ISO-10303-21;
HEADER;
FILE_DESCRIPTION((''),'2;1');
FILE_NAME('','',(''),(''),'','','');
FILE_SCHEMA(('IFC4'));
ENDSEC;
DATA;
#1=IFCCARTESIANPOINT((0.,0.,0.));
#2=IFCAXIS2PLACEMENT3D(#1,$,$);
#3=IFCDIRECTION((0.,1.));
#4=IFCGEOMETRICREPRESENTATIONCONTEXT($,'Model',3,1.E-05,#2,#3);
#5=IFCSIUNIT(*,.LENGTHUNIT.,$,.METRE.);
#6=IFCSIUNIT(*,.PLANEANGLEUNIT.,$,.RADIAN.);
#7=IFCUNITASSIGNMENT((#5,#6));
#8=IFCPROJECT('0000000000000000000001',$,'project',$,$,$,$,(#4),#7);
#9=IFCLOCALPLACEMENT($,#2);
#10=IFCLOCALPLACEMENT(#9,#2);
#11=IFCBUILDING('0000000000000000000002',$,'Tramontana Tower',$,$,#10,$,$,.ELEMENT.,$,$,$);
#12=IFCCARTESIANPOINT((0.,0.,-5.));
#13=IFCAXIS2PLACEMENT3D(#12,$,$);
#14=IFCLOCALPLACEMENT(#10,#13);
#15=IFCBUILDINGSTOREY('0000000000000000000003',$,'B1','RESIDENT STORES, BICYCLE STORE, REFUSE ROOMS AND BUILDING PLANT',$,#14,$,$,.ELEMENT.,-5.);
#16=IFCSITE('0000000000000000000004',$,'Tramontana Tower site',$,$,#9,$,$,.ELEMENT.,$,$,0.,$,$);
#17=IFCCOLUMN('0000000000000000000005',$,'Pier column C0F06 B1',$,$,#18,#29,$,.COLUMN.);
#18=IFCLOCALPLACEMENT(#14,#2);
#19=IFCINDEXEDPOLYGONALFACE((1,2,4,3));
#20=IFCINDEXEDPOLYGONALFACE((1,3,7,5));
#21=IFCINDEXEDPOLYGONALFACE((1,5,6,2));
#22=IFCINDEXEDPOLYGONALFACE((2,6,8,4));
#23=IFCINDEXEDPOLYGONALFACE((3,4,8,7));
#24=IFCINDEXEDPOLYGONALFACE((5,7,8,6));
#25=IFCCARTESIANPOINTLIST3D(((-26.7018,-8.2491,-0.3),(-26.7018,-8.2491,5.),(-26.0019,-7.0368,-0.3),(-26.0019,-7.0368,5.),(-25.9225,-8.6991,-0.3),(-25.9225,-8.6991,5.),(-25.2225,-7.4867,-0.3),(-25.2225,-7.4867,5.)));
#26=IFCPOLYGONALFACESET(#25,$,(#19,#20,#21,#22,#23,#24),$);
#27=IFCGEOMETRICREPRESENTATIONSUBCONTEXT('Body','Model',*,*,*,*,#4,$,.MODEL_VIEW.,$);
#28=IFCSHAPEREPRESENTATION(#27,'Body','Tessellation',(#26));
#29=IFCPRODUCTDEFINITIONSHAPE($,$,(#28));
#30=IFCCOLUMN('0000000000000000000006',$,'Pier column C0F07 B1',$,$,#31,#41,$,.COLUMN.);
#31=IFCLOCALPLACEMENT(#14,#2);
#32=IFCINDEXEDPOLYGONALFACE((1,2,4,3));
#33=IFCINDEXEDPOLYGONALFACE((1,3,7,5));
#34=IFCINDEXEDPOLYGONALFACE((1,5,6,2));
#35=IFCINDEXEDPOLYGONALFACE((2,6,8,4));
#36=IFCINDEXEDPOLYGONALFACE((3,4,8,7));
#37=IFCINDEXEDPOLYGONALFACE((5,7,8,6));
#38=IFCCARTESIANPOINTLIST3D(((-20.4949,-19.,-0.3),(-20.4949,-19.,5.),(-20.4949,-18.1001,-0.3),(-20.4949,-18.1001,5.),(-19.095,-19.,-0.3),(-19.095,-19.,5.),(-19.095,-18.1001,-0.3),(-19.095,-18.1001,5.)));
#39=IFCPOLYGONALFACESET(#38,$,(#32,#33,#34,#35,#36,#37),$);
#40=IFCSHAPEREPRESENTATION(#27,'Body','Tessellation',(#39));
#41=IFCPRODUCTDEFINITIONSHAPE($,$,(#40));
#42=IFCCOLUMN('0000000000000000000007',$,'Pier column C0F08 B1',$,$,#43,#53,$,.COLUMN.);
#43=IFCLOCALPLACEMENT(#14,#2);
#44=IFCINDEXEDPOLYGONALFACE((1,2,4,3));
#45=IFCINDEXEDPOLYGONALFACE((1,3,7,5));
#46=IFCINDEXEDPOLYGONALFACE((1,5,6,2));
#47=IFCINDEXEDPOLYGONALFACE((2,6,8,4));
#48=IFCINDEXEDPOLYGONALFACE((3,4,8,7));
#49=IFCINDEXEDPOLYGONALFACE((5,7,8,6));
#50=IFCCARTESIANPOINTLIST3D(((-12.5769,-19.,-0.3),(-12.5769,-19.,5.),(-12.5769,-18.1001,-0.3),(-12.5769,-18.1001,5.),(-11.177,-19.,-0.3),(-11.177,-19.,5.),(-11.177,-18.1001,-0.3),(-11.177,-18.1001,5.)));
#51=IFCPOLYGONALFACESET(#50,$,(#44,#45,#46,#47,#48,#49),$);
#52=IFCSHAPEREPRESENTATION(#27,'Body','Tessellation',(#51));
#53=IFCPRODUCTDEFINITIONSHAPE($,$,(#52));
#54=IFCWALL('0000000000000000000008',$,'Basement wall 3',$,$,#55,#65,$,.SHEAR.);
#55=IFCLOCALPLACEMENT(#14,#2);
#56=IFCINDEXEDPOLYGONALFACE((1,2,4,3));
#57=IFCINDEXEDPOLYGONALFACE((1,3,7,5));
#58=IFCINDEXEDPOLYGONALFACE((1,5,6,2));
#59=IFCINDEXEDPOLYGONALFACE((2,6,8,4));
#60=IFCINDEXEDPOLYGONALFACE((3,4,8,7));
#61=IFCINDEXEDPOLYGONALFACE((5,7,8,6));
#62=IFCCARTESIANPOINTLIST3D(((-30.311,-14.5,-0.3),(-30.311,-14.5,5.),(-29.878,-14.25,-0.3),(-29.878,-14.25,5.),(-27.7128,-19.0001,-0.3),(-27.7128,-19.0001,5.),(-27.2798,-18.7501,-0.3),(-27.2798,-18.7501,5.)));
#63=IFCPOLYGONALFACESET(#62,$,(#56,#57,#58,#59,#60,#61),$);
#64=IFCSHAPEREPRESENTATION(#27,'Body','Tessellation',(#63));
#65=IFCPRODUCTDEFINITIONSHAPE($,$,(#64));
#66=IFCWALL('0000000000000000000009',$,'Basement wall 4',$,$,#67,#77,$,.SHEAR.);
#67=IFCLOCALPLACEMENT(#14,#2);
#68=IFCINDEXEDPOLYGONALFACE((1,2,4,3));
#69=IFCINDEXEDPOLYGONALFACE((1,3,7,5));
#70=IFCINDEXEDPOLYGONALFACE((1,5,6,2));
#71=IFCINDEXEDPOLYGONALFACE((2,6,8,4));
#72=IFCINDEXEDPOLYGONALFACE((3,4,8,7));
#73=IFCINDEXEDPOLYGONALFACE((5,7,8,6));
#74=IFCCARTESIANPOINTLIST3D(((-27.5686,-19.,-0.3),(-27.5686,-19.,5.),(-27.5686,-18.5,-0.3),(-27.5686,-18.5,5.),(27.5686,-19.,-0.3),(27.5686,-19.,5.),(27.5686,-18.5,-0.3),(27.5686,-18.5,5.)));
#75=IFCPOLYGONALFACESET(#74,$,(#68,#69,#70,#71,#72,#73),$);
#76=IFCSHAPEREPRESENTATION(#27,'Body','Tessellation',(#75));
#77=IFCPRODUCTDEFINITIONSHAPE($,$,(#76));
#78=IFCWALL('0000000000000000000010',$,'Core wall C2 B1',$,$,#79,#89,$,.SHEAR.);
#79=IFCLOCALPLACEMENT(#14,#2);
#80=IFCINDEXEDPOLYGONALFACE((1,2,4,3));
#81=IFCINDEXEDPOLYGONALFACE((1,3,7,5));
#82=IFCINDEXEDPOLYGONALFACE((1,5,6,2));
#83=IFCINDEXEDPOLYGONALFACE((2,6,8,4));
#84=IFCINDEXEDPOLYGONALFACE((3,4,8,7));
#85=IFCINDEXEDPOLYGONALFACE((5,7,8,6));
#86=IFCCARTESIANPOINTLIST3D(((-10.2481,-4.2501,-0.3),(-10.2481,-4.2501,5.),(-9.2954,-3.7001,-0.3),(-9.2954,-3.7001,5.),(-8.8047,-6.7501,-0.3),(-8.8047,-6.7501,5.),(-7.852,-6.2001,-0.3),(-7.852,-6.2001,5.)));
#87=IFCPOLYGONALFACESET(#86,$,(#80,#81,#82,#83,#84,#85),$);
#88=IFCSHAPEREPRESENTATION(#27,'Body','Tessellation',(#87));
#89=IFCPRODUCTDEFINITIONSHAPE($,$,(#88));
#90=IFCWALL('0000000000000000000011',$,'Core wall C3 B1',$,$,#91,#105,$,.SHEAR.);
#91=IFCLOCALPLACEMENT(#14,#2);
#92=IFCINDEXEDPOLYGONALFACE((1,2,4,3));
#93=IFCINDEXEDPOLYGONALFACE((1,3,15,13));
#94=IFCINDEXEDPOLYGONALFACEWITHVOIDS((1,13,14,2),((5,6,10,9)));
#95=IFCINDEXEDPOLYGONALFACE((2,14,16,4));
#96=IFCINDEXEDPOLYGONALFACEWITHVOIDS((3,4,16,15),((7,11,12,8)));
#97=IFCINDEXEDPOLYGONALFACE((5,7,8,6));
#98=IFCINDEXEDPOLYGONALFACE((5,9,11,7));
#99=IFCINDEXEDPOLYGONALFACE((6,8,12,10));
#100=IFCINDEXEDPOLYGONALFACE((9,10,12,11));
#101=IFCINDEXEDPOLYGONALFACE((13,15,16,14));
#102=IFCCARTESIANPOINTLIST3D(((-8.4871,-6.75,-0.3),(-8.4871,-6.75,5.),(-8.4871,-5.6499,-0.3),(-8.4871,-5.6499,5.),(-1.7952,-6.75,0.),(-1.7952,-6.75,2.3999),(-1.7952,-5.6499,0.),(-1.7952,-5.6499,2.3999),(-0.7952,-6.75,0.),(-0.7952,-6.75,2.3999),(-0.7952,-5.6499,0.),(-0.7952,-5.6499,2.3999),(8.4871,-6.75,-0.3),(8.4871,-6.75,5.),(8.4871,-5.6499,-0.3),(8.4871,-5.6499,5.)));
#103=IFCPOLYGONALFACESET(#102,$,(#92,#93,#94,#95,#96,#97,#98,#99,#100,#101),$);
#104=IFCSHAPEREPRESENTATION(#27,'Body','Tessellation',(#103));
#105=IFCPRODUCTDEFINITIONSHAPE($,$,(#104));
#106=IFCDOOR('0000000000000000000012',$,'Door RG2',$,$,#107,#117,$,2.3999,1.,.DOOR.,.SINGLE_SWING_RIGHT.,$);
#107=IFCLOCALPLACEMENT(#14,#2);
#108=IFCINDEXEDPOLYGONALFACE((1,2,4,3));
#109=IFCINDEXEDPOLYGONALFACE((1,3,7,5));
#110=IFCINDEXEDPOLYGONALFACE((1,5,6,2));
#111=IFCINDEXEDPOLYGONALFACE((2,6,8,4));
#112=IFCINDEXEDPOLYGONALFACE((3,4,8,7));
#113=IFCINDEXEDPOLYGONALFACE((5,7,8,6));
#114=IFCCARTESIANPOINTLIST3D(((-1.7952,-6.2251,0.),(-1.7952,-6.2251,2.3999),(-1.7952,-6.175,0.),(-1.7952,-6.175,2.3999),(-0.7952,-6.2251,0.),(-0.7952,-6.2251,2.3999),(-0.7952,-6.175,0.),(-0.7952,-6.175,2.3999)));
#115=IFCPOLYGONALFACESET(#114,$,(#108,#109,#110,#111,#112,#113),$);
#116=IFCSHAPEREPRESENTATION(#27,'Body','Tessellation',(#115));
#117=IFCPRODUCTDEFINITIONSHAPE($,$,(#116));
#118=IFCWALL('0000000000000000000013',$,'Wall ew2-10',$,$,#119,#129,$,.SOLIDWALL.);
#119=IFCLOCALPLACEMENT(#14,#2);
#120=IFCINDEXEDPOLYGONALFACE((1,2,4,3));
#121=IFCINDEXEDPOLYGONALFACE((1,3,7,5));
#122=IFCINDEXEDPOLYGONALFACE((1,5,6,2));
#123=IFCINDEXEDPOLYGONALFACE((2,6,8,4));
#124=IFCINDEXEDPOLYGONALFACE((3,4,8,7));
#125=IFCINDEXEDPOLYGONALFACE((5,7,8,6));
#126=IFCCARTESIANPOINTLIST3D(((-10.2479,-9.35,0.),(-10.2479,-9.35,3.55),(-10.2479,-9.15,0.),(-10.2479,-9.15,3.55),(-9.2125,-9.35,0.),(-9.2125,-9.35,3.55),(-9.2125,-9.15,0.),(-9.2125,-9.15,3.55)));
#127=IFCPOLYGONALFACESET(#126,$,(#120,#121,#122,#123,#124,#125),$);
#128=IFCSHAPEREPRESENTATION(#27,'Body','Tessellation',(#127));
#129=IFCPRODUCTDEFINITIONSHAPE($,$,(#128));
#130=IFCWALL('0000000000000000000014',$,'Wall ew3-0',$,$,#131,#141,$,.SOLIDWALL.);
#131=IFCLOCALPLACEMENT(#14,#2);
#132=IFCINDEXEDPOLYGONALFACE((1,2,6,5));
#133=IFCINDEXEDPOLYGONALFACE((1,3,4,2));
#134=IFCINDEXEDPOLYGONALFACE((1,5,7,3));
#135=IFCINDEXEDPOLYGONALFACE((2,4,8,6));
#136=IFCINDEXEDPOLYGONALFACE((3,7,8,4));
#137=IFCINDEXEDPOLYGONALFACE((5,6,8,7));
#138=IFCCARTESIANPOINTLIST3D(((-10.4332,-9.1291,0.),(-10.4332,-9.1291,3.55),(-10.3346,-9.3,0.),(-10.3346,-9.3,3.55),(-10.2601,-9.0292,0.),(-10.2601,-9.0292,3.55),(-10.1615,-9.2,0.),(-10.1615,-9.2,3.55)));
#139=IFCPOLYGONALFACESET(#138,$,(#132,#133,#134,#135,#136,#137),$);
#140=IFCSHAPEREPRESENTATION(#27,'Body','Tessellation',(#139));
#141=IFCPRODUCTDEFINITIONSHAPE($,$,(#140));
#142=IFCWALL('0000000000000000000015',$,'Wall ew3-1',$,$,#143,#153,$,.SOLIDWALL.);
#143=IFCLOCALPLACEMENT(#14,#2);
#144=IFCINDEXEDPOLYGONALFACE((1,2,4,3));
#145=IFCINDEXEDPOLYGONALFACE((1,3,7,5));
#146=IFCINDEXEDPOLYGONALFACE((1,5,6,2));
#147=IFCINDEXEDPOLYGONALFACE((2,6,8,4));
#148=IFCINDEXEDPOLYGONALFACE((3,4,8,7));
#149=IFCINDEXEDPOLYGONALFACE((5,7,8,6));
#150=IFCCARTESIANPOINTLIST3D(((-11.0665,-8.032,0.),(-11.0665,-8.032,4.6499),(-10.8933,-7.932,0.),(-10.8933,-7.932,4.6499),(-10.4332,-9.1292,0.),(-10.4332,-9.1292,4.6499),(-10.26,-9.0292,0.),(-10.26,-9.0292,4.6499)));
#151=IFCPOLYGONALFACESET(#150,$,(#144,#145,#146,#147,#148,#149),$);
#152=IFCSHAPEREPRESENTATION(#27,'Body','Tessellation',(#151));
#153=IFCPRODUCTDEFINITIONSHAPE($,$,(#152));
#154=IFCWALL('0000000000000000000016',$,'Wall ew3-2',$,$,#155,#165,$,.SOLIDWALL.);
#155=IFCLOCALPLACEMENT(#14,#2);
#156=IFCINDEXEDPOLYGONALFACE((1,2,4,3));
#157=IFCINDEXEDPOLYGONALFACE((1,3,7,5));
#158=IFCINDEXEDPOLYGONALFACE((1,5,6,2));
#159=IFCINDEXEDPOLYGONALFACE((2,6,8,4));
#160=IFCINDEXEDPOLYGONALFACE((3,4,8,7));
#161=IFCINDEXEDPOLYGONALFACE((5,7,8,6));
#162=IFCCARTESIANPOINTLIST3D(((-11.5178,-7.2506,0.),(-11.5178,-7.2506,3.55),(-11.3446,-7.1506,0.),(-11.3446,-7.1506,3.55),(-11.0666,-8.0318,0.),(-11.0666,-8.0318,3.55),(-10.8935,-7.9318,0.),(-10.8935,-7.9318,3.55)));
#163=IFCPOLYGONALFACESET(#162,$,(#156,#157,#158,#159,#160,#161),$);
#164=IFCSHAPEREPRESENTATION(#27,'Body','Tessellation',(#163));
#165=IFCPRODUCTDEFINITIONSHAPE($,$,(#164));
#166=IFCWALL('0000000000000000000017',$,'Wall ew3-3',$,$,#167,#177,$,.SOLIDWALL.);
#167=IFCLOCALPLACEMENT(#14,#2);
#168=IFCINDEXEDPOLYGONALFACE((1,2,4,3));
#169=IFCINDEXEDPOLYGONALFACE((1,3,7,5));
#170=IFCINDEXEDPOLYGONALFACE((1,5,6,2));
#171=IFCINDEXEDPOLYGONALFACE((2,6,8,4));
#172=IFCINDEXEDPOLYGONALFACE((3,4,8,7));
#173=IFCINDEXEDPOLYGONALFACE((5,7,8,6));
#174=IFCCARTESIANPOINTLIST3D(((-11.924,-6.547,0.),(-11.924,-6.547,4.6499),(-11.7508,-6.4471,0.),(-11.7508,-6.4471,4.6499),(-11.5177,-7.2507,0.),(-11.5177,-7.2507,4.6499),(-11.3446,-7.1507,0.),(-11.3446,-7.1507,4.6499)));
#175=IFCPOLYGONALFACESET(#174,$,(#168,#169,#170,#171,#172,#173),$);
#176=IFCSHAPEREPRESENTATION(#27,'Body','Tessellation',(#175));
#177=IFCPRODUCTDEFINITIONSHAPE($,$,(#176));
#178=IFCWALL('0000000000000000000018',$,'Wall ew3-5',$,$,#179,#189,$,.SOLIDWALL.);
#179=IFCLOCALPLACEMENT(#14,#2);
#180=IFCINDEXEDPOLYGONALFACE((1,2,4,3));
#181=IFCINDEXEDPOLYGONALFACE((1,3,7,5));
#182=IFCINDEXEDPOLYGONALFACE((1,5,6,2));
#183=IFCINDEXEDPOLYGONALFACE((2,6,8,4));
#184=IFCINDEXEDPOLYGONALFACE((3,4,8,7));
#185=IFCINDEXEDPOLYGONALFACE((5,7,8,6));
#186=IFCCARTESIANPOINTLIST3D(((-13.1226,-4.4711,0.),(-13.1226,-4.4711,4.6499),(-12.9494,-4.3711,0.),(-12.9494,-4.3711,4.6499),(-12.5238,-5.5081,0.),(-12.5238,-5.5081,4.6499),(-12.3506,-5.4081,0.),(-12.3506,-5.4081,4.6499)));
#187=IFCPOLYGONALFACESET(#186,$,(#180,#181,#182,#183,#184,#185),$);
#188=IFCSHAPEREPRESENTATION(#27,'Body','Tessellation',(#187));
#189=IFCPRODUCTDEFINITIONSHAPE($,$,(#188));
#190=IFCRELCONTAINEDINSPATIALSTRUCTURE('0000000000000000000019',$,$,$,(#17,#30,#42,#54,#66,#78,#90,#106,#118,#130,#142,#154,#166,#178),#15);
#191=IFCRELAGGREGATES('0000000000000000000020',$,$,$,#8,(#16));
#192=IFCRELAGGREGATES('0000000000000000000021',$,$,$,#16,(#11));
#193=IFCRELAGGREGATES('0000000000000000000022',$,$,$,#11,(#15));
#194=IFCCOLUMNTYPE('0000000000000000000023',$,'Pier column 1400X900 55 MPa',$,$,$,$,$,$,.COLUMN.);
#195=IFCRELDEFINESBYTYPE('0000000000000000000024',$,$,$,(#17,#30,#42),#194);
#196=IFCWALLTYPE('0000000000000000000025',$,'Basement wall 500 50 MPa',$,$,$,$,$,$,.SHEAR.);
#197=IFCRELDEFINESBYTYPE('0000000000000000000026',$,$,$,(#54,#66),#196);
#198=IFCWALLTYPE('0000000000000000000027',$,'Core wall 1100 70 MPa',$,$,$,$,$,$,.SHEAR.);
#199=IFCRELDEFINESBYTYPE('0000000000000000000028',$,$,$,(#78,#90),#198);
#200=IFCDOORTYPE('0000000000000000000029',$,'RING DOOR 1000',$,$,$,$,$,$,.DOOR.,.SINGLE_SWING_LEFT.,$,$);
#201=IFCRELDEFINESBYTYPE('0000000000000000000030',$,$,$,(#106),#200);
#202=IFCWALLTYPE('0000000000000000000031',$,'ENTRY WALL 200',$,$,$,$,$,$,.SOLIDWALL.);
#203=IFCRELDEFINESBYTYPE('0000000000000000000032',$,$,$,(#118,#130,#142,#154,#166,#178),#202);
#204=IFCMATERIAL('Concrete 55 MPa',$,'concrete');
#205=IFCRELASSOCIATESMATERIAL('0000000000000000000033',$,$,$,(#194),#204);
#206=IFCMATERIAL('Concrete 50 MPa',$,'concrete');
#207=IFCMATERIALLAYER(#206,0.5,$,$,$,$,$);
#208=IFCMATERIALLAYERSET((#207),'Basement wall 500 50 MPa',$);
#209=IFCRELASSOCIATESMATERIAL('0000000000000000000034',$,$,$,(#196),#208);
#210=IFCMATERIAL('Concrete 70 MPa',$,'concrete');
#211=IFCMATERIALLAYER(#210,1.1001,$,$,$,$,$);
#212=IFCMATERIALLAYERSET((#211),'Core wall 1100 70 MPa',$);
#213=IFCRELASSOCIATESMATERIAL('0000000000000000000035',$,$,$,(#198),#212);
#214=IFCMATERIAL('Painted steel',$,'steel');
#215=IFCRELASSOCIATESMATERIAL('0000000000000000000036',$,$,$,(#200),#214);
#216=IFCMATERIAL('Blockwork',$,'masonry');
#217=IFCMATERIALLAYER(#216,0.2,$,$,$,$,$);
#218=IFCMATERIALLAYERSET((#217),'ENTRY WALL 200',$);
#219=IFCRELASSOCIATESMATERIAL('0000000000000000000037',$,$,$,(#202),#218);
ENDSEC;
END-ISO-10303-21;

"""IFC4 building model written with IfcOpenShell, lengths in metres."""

from ifc_helpers import new_model, si_unit, direction, frame, frame_2d, origin, origin_2d, place, context, subcontext, project, spatial, rectangle, extrude, material, layer, layer_set, material_profile, profile_set, type_object, element, fill, save


model = new_model("IFC4")

# Units and contexts
model_context = context("Model", 3, precision=1e-05, world=origin(), true_north=direction((0.0, 1.0)))
body_context = subcontext(model_context, "Body", "Model", "MODEL_VIEW")
ifc_project = project(units=[si_unit("LENGTHUNIT", "METRE"), si_unit("PLANEANGLEUNIT", "RADIAN")], contexts=[model_context])

# Site, building, storey
site_placement = place(None, origin())
site = spatial("IfcSite", under=ifc_project, at=site_placement, Name="Tramontana Tower site", CompositionType="ELEMENT", RefElevation=0.0)
building_placement = place(site_placement, origin())
building = spatial("IfcBuilding", under=site, at=building_placement, Name="Tramontana Tower", CompositionType="ELEMENT")
storey_placement = place(building_placement, frame((0.0, 0.0, -5.0)))
storey = spatial("IfcBuildingStorey", under=building, at=storey_placement, Name="B1", Description="RESIDENT STORES, BICYCLE STORE, REFUSE ROOMS AND BUILDING PLANT", CompositionType="ELEMENT", Elevation=-5.0)

# Columns
ifc_material_1 = material(Name="Concrete 55 MPa", Category="concrete")
ifc_material_profile_1 = material_profile(ifc_material_1, rectangle(XDim=1.3999, YDim=0.8999, at=origin_2d()), Name="Pier column 1400X900 55 MPa")
ifc_profile_set_1 = profile_set([ifc_material_profile_1], Name="Concrete 55 MPa")
column_type_1 = type_object("IfcColumnType", Name="Pier column 1400X900 55 MPa", PredefinedType="COLUMN", material=ifc_profile_set_1)
for number, where, z_axis, x_axis, name in (
    (1, (-25.9622, -7.8679, -0.3), (0.0, 0.0, 1.0), (-0.5, -0.866025, 0.0), "Pier column C0F06 B1"),
    (2, (-19.7949, -18.55, -0.3), (0.0, 0.0, 1.0), (1.0, 0.0, 0.0), "Pier column C0F07 B1"),
    (3, (-11.877, -18.55, -0.3), (0.0, 0.0, 1.0), (1.0, 0.0, 0.0), "Pier column C0F08 B1"),
):
    element("IfcColumn", number, at=place(storey_placement, frame(where, z_axis=z_axis, x_axis=x_axis)), inside=storey, type_object=column_type_1, Name=name, PredefinedType="COLUMN", context=body_context, shape_type="SweptSolid", body=[
        extrude(rectangle(XDim=1.3999, YDim=0.8999, at=origin_2d()), origin(), (0.0, 0.0, 1.0), 5.3),
    ])

# Walls
ifc_material_2 = material(Name="Concrete 50 MPa", Category="concrete")
ifc_layer_1 = layer(ifc_material_2, 0.5)
ifc_layer_set_1 = layer_set([ifc_layer_1], Name="Basement wall 500 50 MPa")
wall_type_1 = type_object("IfcWallType", Name="Basement wall 500 50 MPa", PredefinedType="SHEAR", material=ifc_layer_set_1)
wall_1_placement = place(storey_placement, frame((-30.0945, -14.375, -0.3), z_axis=(0.0, 0.0, 1.0), x_axis=(0.50001, -0.86602, 0.0)))
element("IfcWall", 4, at=wall_1_placement, inside=storey, type_object=wall_type_1, Name="Basement wall 3", PredefinedType="SHEAR", context=body_context, shape_type="SweptSolid", body=[
    extrude(rectangle(XDim=5.1963, YDim=0.5, at=frame_2d((2.5981, 0.0))), origin(), (0.0, 0.0, 1.0), 5.3),
])
wall_2_placement = place(storey_placement, frame((-27.5686, -18.75, -0.3), z_axis=(0.0, 0.0, 1.0), x_axis=(1.0, 0.0, 0.0)))
element("IfcWall", 5, at=wall_2_placement, inside=storey, type_object=wall_type_1, Name="Basement wall 4", PredefinedType="SHEAR", context=body_context, shape_type="SweptSolid", body=[
    extrude(rectangle(XDim=55.1372, YDim=0.5, at=frame_2d((27.5686, 0.0))), origin(), (0.0, 0.0, 1.0), 5.3),
])
ifc_material_3 = material(Name="Concrete 70 MPa", Category="concrete")
ifc_layer_2 = layer(ifc_material_3, 1.1001)
ifc_layer_set_2 = layer_set([ifc_layer_2], Name="Core wall 1100 70 MPa")
wall_type_2 = type_object("IfcWallType", Name="Core wall 1100 70 MPa", PredefinedType="SHEAR", material=ifc_layer_set_2)
wall_3_placement = place(storey_placement, frame((-9.7717, -3.9751, -0.3), z_axis=(0.0, 0.0, 1.0), x_axis=(0.499996, -0.866028, 0.0)))
element("IfcWall", 6, at=wall_3_placement, inside=storey, type_object=wall_type_2, Name="Core wall C2 B1", PredefinedType="SHEAR", context=body_context, shape_type="SweptSolid", body=[
    extrude(rectangle(XDim=2.8867, YDim=1.1001, at=frame_2d((1.4434, 0.0))), origin(), (0.0, 0.0, 1.0), 5.3),
])

# Wall, opening, door
wall_4_placement = place(storey_placement, frame((-8.4871, -6.2, -0.3), z_axis=(0.0, 0.0, 1.0), x_axis=(1.0, 0.0, 0.0)))
wall_4 = element("IfcWall", 7, at=wall_4_placement, inside=storey, type_object=wall_type_2, Name="Core wall C3 B1", PredefinedType="SHEAR", context=body_context, shape_type="SweptSolid", body=[
    extrude(rectangle(XDim=16.9741, YDim=1.1001, at=frame_2d((8.4871, 0.0))), origin(), (0.0, 0.0, 1.0), 5.3),
])
opening_1_placement = place(wall_4_placement, frame((6.6919, 0.0, 0.3)))
opening_1 = element("IfcOpeningElement", 8, at=opening_1_placement, cuts=wall_4, PredefinedType="OPENING", context=body_context, shape_type="SweptSolid", body=[
    extrude(rectangle(XDim=1.0, YDim=2.3999, at=frame_2d((0.5, 1.2))), frame((0.0, 0.5601, 0.0), z_axis=(0.0, -1.0, 0.0), x_axis=(1.0, 0.0, 0.0)), (0.0, 0.0, 1.0), 1.1201),
])
ifc_material_4 = material(Name="Painted steel", Category="steel")
door_type_1 = type_object("IfcDoorType", Name="RING DOOR 1000", OperationType="SINGLE_SWING_LEFT", PredefinedType="DOOR", material=ifc_material_4)
door_1_placement = place(opening_1_placement, origin())
door_1 = element("IfcDoor", 9, at=door_1_placement, inside=storey, type_object=door_type_1, Name="Door RG2", OperationType="SINGLE_SWING_RIGHT", OverallHeight=2.3999, OverallWidth=1.0, PredefinedType="DOOR", context=body_context, shape_type="SweptSolid", body=[
    extrude(rectangle(XDim=1.0, YDim=2.3999, at=frame_2d((0.5, 1.2))), frame((0.0, 0.0249, 0.0), z_axis=(0.0, -1.0, 0.0), x_axis=(1.0, 0.0, 0.0)), (0.0, 0.0, 1.0), 0.05),
])
fill(opening_1, door_1)

# Walls
ifc_material_5 = material(Name="Blockwork", Category="masonry")
ifc_layer_3 = layer(ifc_material_5, 0.2)
ifc_layer_set_3 = layer_set([ifc_layer_3], Name="ENTRY WALL 200")
wall_type_3 = type_object("IfcWallType", Name="ENTRY WALL 200", PredefinedType="SOLIDWALL", material=ifc_layer_set_3)
wall_5_placement = place(storey_placement, frame((-9.2126, -9.25, 0.0), z_axis=(0.0, 0.0, 1.0), x_axis=(-1.0, 0.0, 0.0)))
element("IfcWall", 10, at=wall_5_placement, inside=storey, type_object=wall_type_3, Name="Wall ew2-10", PredefinedType="SOLIDWALL", context=body_context, shape_type="SweptSolid", body=[
    extrude(rectangle(XDim=1.0354, YDim=0.2, at=frame_2d((0.5176, 0.0))), origin(), (0.0, 0.0, 1.0), 3.55),
])
wall_6_placement = place(storey_placement, frame((-10.248, -9.25, 0.0), z_axis=(0.0, 0.0, 1.0), x_axis=(-0.499865, 0.866103, 0.0)))
element("IfcWall", 11, at=wall_6_placement, inside=storey, type_object=wall_type_3, Name="Wall ew3-0", PredefinedType="SOLIDWALL", context=body_context, shape_type="SweptSolid", body=[
    extrude(rectangle(XDim=0.1973, YDim=0.2, at=frame_2d((0.0986, 0.0))), origin(), (0.0, 0.0, 1.0), 3.55),
])
wall_7_placement = place(storey_placement, frame((-10.3467, -9.0791, 0.0), z_axis=(0.0, 0.0, 1.0), x_axis=(-0.499912, 0.866076, 0.0)))
element("IfcWall", 12, at=wall_7_placement, inside=storey, type_object=wall_type_3, Name="Wall ew3-1", PredefinedType="SOLIDWALL", context=body_context, shape_type="SweptSolid", body=[
    extrude(rectangle(XDim=1.2668, YDim=0.2, at=frame_2d((0.6333, 0.0))), origin(), (0.0, 0.0, 1.0), 4.6499),
])
wall_8_placement = place(storey_placement, frame((-10.98, -7.9819, 0.0), z_axis=(0.0, 0.0, 1.0), x_axis=(-0.500097, 0.865969, 0.0)))
element("IfcWall", 13, at=wall_8_placement, inside=storey, type_object=wall_type_3, Name="Wall ew3-2", PredefinedType="SOLIDWALL", context=body_context, shape_type="SweptSolid", body=[
    extrude(rectangle(XDim=0.9021, YDim=0.2, at=frame_2d((0.4512, 0.0))), origin(), (0.0, 0.0, 1.0), 3.55),
])
wall_9_placement = place(storey_placement, frame((-11.4312, -7.2007, 0.0), z_axis=(0.0, 0.0, 1.0), x_axis=(-0.500017, 0.866015, 0.0)))
element("IfcWall", 14, at=wall_9_placement, inside=storey, type_object=wall_type_3, Name="Wall ew3-3", PredefinedType="SOLIDWALL", context=body_context, shape_type="SweptSolid", body=[
    extrude(rectangle(XDim=0.8125, YDim=0.2, at=frame_2d((0.4062, 0.0))), origin(), (0.0, 0.0, 1.0), 4.6499),
])

# Wall
wall_10_placement = place(storey_placement, frame((-12.4373, -5.458, 0.0), z_axis=(0.0, 0.0, 1.0), x_axis=(-0.500064, 0.865989, 0.0)))
element("IfcWall", 15, at=wall_10_placement, inside=storey, type_object=wall_type_3, Name="Wall ew3-5", PredefinedType="SOLIDWALL", context=body_context, shape_type="SweptSolid", body=[
    extrude(rectangle(XDim=1.1975, YDim=0.2, at=frame_2d((0.5986, 0.0))), origin(), (0.0, 0.0, 1.0), 4.6499),
])

save(model, "model.ifc")
